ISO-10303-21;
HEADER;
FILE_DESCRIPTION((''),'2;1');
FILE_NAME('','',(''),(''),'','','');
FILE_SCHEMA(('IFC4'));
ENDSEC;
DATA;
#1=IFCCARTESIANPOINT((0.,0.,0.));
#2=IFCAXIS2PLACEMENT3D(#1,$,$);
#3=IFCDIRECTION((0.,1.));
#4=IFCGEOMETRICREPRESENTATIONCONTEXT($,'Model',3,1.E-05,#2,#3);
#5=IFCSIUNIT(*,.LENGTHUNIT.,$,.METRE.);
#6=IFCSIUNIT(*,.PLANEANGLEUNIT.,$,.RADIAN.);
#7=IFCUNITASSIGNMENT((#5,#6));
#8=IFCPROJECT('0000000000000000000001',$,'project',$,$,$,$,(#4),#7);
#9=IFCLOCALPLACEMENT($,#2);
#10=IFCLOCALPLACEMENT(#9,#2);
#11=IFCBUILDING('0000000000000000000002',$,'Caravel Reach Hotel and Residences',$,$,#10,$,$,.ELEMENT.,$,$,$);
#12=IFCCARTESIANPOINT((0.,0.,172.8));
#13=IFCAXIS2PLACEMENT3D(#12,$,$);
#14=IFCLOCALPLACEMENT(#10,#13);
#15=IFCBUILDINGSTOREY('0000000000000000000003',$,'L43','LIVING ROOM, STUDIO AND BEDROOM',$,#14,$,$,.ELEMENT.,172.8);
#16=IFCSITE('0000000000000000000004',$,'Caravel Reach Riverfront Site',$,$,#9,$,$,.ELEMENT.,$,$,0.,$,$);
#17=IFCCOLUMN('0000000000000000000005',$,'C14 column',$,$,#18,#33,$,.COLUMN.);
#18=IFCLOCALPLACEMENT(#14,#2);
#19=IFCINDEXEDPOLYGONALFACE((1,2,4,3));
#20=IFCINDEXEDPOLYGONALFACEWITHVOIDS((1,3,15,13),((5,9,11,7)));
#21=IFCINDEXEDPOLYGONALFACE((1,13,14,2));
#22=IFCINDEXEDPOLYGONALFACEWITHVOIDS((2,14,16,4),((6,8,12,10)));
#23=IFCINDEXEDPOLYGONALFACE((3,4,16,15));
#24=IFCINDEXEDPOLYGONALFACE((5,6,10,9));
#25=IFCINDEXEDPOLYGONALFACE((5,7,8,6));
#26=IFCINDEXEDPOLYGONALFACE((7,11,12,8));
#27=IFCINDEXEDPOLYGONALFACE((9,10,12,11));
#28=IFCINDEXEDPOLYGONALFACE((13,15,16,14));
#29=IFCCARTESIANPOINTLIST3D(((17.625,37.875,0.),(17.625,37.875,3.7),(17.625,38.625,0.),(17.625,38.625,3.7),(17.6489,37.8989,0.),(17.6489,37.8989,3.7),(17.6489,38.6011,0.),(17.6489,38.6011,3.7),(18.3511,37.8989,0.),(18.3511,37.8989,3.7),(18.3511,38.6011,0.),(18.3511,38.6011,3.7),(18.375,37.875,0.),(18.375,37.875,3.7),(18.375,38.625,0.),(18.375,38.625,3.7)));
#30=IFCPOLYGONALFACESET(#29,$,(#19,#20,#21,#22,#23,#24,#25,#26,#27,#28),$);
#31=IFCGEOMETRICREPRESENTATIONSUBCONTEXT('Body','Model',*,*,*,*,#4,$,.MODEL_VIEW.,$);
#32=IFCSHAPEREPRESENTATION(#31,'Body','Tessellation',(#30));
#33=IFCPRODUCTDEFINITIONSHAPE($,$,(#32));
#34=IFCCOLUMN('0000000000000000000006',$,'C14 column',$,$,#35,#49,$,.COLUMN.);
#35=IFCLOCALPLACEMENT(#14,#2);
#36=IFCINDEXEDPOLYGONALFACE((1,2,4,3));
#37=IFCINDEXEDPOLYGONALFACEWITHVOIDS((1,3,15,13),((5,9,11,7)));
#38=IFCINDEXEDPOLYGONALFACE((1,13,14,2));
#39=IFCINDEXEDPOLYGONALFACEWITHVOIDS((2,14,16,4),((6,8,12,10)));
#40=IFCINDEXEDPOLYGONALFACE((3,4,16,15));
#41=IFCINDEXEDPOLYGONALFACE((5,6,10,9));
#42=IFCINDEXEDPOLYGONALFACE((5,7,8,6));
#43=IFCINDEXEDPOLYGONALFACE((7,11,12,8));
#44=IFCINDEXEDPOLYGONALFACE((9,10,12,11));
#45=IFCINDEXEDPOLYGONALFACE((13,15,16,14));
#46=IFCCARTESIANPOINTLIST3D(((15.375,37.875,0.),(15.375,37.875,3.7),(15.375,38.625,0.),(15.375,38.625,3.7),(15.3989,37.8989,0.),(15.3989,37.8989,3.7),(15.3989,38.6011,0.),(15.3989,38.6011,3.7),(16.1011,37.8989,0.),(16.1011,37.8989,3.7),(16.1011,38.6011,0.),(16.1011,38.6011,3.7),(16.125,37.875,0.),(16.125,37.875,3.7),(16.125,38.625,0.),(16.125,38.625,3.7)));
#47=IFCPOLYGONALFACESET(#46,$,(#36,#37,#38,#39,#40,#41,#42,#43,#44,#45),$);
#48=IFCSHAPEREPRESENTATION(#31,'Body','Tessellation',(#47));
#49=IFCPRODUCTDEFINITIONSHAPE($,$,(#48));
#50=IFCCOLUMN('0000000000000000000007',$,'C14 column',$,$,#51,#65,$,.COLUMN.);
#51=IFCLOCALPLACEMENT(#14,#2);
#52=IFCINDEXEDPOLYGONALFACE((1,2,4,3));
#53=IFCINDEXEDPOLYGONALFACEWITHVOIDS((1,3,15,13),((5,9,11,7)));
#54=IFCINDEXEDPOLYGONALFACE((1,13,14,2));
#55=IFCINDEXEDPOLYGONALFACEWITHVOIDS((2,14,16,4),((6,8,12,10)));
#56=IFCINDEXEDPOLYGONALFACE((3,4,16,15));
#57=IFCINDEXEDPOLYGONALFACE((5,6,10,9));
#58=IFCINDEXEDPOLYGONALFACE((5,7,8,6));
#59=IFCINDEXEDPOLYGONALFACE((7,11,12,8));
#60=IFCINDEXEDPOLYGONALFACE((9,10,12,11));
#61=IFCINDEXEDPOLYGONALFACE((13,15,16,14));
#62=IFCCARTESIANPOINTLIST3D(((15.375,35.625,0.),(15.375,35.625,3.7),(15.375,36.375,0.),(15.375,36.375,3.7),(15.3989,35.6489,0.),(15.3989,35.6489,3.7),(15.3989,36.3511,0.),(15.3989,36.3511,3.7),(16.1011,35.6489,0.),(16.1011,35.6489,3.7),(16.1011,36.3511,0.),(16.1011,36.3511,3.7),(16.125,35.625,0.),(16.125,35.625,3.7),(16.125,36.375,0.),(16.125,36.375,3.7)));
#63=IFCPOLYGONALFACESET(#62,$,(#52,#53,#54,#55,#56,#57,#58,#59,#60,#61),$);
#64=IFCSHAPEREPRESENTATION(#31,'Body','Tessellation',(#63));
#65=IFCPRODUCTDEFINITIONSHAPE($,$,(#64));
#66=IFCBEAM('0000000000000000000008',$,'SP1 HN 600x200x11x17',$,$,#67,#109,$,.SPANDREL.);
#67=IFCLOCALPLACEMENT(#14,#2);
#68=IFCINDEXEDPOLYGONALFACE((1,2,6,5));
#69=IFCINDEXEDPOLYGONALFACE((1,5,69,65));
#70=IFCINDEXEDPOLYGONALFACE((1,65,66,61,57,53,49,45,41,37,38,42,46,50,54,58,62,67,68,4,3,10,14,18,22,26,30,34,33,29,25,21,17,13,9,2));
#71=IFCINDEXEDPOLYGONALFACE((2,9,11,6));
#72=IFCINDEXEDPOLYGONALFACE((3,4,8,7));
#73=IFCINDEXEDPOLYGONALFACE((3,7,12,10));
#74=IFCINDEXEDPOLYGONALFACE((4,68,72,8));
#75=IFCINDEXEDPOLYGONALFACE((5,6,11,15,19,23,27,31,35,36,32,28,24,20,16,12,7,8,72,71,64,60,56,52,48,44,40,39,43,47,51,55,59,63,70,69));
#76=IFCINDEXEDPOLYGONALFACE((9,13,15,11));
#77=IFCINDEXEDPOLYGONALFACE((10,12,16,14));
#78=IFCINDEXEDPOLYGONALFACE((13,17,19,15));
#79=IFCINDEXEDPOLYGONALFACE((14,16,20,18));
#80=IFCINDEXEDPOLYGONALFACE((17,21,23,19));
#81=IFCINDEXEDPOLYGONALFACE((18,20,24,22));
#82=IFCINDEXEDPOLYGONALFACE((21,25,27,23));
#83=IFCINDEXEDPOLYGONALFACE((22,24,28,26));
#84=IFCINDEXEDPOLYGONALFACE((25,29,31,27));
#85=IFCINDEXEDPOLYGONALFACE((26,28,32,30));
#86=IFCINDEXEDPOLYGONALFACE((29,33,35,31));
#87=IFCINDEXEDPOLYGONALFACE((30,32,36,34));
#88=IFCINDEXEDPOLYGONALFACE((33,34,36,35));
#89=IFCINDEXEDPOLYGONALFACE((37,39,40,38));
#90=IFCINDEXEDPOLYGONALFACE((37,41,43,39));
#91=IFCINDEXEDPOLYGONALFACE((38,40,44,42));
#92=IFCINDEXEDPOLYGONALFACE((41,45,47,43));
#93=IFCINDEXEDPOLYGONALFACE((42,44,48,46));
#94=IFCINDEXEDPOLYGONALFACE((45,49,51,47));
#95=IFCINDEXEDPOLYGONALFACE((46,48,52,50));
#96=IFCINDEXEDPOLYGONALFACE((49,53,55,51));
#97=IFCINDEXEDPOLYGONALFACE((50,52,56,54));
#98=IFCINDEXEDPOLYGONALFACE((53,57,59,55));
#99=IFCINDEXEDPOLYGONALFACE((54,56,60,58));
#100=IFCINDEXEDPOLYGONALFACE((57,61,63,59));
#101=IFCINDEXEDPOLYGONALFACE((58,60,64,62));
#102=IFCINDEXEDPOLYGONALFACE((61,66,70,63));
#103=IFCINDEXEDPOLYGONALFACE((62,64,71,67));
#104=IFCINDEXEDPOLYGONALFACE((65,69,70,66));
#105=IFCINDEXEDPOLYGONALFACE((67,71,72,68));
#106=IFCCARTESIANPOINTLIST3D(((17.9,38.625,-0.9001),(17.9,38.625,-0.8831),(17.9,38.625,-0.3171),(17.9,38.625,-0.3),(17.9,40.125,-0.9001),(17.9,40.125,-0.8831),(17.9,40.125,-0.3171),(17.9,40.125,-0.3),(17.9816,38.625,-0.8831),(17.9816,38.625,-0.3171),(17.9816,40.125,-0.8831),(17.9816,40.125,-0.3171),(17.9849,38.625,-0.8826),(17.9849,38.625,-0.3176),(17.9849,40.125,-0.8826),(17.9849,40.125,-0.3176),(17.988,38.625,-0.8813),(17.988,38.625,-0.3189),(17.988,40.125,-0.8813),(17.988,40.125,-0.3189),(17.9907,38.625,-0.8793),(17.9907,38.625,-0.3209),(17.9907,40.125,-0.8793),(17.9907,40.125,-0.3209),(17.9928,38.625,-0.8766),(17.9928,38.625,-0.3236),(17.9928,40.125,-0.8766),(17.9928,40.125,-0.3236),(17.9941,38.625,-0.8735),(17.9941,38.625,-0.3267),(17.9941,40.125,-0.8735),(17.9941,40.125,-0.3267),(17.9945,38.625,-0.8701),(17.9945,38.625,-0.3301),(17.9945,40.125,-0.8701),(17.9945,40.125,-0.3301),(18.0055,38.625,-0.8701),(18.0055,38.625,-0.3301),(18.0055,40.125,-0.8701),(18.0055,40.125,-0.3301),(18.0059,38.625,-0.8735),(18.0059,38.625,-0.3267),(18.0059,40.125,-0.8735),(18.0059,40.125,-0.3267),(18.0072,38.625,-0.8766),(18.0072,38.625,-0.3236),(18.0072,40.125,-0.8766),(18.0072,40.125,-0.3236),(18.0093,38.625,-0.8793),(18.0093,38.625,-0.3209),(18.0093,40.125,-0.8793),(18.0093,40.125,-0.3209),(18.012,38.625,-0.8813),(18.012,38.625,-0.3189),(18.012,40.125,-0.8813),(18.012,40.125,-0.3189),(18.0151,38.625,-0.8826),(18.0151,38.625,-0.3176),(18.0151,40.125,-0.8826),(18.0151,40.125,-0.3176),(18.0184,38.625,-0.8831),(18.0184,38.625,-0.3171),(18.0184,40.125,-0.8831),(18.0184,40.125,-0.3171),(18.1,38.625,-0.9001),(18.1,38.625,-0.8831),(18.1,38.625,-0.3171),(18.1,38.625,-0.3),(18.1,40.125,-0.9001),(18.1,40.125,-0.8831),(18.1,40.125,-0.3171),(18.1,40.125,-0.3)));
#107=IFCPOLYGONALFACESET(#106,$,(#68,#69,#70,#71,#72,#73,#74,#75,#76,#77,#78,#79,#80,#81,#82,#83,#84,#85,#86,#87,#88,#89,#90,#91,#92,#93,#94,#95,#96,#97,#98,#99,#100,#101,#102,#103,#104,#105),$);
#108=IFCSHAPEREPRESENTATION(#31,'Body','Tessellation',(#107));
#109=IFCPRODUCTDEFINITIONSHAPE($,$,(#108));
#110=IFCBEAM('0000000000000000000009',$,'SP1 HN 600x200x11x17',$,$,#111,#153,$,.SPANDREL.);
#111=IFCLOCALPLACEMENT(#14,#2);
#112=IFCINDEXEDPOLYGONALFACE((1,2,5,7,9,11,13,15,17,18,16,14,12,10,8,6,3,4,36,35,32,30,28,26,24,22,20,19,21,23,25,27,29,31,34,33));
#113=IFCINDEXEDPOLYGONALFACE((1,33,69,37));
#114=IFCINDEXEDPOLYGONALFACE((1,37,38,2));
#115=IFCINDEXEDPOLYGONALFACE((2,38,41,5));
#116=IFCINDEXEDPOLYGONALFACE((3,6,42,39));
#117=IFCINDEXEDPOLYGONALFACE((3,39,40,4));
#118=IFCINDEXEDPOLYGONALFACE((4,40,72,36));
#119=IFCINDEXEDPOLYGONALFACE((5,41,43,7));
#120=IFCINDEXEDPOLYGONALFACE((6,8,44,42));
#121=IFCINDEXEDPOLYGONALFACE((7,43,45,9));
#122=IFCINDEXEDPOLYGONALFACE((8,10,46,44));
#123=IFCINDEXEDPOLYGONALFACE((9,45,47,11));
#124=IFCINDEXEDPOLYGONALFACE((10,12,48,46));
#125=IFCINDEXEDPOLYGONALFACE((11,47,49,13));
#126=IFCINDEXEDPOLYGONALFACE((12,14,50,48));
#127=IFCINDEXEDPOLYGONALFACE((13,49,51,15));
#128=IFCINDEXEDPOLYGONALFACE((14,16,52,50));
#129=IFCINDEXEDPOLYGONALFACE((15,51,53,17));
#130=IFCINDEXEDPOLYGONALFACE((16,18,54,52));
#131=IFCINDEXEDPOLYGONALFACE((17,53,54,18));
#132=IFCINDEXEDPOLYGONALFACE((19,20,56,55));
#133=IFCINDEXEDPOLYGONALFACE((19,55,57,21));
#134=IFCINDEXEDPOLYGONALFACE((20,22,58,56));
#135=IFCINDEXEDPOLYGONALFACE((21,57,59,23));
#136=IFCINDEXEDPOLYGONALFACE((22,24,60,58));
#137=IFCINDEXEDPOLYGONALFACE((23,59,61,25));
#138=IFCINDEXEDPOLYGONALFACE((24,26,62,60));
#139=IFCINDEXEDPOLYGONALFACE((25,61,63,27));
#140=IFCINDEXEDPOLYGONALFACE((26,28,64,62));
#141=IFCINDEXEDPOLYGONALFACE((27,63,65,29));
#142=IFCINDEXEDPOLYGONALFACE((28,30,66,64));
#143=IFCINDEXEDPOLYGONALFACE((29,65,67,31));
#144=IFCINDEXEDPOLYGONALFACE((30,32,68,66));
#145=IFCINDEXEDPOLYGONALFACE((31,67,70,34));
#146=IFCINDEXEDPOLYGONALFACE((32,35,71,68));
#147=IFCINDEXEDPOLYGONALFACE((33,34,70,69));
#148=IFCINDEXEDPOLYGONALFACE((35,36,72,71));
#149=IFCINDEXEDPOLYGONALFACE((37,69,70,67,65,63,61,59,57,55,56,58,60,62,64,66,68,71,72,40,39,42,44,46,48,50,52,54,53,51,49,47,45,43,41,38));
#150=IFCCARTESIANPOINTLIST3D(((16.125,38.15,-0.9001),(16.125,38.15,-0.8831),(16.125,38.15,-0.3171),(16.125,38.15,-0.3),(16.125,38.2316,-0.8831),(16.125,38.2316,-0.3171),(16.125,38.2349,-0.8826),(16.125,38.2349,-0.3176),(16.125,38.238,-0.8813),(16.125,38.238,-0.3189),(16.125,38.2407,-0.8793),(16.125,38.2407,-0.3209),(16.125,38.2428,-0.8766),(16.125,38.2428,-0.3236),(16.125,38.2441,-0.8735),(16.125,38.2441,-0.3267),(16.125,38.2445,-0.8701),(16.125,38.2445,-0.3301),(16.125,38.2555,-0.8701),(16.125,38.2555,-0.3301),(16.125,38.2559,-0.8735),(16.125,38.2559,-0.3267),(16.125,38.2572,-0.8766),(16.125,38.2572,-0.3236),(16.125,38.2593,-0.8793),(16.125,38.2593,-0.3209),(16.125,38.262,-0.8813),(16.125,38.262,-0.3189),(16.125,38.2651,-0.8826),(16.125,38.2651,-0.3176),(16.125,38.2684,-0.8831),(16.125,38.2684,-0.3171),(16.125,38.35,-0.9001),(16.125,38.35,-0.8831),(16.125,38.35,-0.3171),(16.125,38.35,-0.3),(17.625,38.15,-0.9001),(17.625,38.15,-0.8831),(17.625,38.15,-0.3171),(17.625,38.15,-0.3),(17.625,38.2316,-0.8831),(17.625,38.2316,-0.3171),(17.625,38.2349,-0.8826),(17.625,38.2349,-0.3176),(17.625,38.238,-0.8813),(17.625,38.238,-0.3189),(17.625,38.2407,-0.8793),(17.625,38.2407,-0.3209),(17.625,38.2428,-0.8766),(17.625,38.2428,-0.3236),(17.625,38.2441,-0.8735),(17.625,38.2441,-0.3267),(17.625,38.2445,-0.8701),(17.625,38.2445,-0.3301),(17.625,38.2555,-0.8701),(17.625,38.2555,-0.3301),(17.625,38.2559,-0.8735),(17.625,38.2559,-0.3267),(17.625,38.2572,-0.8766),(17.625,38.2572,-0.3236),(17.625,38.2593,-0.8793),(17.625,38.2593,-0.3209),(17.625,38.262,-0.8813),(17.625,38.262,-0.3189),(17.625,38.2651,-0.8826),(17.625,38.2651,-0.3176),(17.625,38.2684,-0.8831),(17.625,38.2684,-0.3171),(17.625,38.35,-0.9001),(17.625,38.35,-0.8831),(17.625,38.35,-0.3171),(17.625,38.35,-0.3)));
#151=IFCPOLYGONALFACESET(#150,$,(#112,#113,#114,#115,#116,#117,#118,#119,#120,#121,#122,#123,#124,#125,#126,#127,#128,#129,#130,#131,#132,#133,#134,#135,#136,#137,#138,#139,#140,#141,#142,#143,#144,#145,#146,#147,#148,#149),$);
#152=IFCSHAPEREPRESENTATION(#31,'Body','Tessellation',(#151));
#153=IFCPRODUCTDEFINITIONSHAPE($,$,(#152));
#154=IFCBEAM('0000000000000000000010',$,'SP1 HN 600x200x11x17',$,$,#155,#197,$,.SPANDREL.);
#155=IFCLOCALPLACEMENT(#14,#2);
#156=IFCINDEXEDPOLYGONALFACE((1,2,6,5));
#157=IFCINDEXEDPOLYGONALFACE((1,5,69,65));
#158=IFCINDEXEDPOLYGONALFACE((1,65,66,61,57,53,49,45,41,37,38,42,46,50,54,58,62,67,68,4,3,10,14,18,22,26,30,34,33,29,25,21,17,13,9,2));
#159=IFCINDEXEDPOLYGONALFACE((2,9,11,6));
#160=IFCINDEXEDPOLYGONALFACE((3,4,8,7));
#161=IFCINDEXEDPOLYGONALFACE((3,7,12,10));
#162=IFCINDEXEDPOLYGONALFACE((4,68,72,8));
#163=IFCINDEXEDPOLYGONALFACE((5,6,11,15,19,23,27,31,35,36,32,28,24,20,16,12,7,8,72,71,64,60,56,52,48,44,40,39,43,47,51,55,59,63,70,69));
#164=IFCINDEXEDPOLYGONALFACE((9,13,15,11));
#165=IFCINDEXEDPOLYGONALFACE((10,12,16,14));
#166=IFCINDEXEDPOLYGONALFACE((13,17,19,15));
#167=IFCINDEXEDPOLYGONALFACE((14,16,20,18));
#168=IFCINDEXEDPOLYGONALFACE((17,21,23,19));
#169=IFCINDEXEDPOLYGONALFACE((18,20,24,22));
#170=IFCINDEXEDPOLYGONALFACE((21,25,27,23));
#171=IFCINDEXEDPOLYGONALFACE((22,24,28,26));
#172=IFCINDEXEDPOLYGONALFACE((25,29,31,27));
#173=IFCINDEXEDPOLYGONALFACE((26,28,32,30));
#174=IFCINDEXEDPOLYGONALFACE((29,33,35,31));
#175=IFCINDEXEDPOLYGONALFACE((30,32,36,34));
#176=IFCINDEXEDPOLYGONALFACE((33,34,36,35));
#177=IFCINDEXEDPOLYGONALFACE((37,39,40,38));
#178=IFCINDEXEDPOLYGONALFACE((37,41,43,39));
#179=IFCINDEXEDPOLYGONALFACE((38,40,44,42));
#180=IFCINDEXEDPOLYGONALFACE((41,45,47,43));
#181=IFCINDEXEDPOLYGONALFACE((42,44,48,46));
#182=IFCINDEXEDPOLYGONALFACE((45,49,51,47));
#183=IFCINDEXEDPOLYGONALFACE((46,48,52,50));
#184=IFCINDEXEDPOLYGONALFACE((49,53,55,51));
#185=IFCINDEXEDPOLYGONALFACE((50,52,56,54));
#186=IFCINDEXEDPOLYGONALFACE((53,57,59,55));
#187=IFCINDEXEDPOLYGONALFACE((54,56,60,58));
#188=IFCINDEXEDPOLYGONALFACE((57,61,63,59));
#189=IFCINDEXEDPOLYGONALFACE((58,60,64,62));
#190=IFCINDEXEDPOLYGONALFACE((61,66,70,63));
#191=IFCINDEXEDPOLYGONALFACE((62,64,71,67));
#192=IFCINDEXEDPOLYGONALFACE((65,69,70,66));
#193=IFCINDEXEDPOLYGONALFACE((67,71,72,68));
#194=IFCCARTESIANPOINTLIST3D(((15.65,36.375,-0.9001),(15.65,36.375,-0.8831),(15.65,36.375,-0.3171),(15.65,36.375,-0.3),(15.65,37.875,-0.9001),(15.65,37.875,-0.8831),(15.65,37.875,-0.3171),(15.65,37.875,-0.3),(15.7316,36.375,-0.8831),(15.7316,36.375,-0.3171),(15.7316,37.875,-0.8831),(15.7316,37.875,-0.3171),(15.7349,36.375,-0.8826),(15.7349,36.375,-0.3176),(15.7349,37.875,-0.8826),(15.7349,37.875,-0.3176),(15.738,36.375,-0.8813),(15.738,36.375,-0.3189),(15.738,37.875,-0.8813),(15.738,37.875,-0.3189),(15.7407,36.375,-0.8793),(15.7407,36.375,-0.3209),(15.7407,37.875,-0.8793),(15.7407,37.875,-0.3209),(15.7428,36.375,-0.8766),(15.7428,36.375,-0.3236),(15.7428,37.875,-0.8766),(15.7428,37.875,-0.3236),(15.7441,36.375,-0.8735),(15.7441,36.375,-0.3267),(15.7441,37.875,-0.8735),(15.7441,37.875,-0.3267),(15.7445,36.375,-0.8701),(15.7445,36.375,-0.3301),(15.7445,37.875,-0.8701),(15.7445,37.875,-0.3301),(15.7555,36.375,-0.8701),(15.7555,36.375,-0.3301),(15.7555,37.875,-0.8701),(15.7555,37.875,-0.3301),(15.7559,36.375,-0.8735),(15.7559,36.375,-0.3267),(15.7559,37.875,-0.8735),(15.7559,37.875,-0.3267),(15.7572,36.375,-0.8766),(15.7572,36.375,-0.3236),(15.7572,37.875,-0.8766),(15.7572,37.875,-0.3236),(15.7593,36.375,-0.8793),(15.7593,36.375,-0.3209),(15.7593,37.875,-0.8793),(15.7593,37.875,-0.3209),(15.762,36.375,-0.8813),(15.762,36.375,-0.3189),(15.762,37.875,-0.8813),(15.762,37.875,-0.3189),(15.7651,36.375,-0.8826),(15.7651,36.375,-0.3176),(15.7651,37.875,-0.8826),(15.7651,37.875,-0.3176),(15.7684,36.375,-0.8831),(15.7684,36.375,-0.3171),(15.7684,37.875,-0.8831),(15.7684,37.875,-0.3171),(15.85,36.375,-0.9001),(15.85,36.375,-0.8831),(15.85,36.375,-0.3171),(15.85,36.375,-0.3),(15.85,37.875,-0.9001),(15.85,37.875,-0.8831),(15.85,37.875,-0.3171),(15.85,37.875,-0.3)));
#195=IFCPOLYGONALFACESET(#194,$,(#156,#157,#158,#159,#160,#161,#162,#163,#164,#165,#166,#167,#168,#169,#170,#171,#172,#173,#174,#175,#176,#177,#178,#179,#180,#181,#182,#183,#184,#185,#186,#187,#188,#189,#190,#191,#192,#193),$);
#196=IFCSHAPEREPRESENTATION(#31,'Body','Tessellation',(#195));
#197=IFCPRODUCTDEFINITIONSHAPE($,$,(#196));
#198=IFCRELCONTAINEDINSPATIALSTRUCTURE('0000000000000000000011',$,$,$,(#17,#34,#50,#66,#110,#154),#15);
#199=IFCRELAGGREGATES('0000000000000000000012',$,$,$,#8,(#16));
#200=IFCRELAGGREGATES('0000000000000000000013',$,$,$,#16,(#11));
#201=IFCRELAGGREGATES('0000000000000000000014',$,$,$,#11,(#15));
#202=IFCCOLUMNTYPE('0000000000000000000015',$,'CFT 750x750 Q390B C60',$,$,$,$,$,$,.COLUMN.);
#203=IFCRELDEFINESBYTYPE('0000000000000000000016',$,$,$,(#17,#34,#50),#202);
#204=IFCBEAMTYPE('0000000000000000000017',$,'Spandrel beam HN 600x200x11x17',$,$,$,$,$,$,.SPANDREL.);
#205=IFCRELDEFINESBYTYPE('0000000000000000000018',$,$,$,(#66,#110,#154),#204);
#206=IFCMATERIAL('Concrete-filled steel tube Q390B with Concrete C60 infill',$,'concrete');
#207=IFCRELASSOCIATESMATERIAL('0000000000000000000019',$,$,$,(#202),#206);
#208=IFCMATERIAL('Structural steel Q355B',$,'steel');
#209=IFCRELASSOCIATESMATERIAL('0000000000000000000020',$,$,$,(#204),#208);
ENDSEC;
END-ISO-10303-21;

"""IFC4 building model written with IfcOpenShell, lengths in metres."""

from ifc_helpers import new_model, si_unit, direction, frame, origin, origin_2d, place, context, subcontext, project, spatial, hollow_rectangle, i_section, extrude, material, material_profile, profile_set, type_object, element, save


model = new_model("IFC4")

# Units and contexts
model_context = context("Model", 3, precision=1e-05, world=origin(), true_north=direction((0.0, 1.0)))
body_context = subcontext(model_context, "Body", "Model", "MODEL_VIEW")
ifc_project = project(units=[si_unit("LENGTHUNIT", "METRE"), si_unit("PLANEANGLEUNIT", "RADIAN")], contexts=[model_context])

# Site, building, storey
site_placement = place(None, origin())
site = spatial("IfcSite", under=ifc_project, at=site_placement, Name="Caravel Reach Riverfront Site", CompositionType="ELEMENT", RefElevation=0.0)
building_placement = place(site_placement, origin())
building = spatial("IfcBuilding", under=site, at=building_placement, Name="Caravel Reach Hotel and Residences", CompositionType="ELEMENT")
storey_placement = place(building_placement, frame((0.0, 0.0, 172.8)))
storey = spatial("IfcBuildingStorey", under=building, at=storey_placement, Name="L43", Description="LIVING ROOM, STUDIO AND BEDROOM", CompositionType="ELEMENT", Elevation=172.8)

# Columns
ifc_material_1 = material(Name="Concrete-filled steel tube Q390B with Concrete C60 infill", Category="concrete")
ifc_material_profile_1 = material_profile(ifc_material_1, hollow_rectangle(XDim=0.75, YDim=0.75, WallThickness=0.0239, at=origin_2d()), Name="RHS 750x750x24")
ifc_profile_set_1 = profile_set([ifc_material_profile_1], Name="Concrete-filled steel tube Q390B with Concrete C60 infill")
column_type = type_object("IfcColumnType", Name="CFT 750x750 Q390B C60", PredefinedType="COLUMN", material=ifc_profile_set_1)
for number, where, z_axis, x_axis, name in (
    (1, (18.0, 38.25, 0.0), (0.0, 0.0, 1.0), (1.0, 0.0, 0.0), "C14 column"),
    (2, (15.75, 38.25, 0.0), (0.0, 0.0, 1.0), (1.0, 0.0, 0.0), "C14 column"),
    (3, (15.75, 36.0, 0.0), (0.0, 0.0, 1.0), (1.0, 0.0, 0.0), "C14 column"),
):
    element("IfcColumn", number, at=place(storey_placement, frame(where, z_axis=z_axis, x_axis=x_axis)), inside=storey, type_object=column_type, Name=name, PredefinedType="COLUMN", context=body_context, shape_type="SweptSolid", body=[
        extrude(hollow_rectangle(XDim=0.75, YDim=0.75, WallThickness=0.0239, at=origin_2d()), origin(), (0.0, 0.0, 1.0), 3.7),
    ])

# Beams
ifc_material_2 = material(Name="Structural steel Q355B", Category="steel")
ifc_material_profile_2 = material_profile(ifc_material_2, i_section(OverallWidth=0.2, OverallDepth=0.6001, WebThickness=0.011, FlangeThickness=0.0171, FilletRadius=0.0129, at=origin_2d()), Name="HN 600x200x11x17")
ifc_profile_set_2 = profile_set([ifc_material_profile_2], Name="Structural steel Q355B")
beam_type = type_object("IfcBeamType", Name="Spandrel beam HN 600x200x11x17", PredefinedType="SPANDREL", material=ifc_profile_set_2)
for number, where, z_axis, x_axis, name in (
    (4, (18.0, 40.125, -0.6001), (0.0, -1.0, 0.0), (1.0, 0.0, 0.0), "SP1 HN 600x200x11x17"),
    (5, (17.625, 38.25, -0.6001), (-1.0, 0.0, 0.0), (0.0, -1.0, 0.0), "SP1 HN 600x200x11x17"),
    (6, (15.75, 37.875, -0.6001), (0.0, -1.0, 0.0), (1.0, 0.0, 0.0), "SP1 HN 600x200x11x17"),
):
    element("IfcBeam", number, at=place(storey_placement, frame(where, z_axis=z_axis, x_axis=x_axis)), inside=storey, type_object=beam_type, Name=name, PredefinedType="SPANDREL", context=body_context, shape_type="SweptSolid", body=[
        extrude(i_section(OverallWidth=0.2, OverallDepth=0.6001, WebThickness=0.011, FlangeThickness=0.0171, FilletRadius=0.0129, at=origin_2d()), origin(), (0.0, 0.0, 1.0), 1.5),
    ])

save(model, "model.ifc")
